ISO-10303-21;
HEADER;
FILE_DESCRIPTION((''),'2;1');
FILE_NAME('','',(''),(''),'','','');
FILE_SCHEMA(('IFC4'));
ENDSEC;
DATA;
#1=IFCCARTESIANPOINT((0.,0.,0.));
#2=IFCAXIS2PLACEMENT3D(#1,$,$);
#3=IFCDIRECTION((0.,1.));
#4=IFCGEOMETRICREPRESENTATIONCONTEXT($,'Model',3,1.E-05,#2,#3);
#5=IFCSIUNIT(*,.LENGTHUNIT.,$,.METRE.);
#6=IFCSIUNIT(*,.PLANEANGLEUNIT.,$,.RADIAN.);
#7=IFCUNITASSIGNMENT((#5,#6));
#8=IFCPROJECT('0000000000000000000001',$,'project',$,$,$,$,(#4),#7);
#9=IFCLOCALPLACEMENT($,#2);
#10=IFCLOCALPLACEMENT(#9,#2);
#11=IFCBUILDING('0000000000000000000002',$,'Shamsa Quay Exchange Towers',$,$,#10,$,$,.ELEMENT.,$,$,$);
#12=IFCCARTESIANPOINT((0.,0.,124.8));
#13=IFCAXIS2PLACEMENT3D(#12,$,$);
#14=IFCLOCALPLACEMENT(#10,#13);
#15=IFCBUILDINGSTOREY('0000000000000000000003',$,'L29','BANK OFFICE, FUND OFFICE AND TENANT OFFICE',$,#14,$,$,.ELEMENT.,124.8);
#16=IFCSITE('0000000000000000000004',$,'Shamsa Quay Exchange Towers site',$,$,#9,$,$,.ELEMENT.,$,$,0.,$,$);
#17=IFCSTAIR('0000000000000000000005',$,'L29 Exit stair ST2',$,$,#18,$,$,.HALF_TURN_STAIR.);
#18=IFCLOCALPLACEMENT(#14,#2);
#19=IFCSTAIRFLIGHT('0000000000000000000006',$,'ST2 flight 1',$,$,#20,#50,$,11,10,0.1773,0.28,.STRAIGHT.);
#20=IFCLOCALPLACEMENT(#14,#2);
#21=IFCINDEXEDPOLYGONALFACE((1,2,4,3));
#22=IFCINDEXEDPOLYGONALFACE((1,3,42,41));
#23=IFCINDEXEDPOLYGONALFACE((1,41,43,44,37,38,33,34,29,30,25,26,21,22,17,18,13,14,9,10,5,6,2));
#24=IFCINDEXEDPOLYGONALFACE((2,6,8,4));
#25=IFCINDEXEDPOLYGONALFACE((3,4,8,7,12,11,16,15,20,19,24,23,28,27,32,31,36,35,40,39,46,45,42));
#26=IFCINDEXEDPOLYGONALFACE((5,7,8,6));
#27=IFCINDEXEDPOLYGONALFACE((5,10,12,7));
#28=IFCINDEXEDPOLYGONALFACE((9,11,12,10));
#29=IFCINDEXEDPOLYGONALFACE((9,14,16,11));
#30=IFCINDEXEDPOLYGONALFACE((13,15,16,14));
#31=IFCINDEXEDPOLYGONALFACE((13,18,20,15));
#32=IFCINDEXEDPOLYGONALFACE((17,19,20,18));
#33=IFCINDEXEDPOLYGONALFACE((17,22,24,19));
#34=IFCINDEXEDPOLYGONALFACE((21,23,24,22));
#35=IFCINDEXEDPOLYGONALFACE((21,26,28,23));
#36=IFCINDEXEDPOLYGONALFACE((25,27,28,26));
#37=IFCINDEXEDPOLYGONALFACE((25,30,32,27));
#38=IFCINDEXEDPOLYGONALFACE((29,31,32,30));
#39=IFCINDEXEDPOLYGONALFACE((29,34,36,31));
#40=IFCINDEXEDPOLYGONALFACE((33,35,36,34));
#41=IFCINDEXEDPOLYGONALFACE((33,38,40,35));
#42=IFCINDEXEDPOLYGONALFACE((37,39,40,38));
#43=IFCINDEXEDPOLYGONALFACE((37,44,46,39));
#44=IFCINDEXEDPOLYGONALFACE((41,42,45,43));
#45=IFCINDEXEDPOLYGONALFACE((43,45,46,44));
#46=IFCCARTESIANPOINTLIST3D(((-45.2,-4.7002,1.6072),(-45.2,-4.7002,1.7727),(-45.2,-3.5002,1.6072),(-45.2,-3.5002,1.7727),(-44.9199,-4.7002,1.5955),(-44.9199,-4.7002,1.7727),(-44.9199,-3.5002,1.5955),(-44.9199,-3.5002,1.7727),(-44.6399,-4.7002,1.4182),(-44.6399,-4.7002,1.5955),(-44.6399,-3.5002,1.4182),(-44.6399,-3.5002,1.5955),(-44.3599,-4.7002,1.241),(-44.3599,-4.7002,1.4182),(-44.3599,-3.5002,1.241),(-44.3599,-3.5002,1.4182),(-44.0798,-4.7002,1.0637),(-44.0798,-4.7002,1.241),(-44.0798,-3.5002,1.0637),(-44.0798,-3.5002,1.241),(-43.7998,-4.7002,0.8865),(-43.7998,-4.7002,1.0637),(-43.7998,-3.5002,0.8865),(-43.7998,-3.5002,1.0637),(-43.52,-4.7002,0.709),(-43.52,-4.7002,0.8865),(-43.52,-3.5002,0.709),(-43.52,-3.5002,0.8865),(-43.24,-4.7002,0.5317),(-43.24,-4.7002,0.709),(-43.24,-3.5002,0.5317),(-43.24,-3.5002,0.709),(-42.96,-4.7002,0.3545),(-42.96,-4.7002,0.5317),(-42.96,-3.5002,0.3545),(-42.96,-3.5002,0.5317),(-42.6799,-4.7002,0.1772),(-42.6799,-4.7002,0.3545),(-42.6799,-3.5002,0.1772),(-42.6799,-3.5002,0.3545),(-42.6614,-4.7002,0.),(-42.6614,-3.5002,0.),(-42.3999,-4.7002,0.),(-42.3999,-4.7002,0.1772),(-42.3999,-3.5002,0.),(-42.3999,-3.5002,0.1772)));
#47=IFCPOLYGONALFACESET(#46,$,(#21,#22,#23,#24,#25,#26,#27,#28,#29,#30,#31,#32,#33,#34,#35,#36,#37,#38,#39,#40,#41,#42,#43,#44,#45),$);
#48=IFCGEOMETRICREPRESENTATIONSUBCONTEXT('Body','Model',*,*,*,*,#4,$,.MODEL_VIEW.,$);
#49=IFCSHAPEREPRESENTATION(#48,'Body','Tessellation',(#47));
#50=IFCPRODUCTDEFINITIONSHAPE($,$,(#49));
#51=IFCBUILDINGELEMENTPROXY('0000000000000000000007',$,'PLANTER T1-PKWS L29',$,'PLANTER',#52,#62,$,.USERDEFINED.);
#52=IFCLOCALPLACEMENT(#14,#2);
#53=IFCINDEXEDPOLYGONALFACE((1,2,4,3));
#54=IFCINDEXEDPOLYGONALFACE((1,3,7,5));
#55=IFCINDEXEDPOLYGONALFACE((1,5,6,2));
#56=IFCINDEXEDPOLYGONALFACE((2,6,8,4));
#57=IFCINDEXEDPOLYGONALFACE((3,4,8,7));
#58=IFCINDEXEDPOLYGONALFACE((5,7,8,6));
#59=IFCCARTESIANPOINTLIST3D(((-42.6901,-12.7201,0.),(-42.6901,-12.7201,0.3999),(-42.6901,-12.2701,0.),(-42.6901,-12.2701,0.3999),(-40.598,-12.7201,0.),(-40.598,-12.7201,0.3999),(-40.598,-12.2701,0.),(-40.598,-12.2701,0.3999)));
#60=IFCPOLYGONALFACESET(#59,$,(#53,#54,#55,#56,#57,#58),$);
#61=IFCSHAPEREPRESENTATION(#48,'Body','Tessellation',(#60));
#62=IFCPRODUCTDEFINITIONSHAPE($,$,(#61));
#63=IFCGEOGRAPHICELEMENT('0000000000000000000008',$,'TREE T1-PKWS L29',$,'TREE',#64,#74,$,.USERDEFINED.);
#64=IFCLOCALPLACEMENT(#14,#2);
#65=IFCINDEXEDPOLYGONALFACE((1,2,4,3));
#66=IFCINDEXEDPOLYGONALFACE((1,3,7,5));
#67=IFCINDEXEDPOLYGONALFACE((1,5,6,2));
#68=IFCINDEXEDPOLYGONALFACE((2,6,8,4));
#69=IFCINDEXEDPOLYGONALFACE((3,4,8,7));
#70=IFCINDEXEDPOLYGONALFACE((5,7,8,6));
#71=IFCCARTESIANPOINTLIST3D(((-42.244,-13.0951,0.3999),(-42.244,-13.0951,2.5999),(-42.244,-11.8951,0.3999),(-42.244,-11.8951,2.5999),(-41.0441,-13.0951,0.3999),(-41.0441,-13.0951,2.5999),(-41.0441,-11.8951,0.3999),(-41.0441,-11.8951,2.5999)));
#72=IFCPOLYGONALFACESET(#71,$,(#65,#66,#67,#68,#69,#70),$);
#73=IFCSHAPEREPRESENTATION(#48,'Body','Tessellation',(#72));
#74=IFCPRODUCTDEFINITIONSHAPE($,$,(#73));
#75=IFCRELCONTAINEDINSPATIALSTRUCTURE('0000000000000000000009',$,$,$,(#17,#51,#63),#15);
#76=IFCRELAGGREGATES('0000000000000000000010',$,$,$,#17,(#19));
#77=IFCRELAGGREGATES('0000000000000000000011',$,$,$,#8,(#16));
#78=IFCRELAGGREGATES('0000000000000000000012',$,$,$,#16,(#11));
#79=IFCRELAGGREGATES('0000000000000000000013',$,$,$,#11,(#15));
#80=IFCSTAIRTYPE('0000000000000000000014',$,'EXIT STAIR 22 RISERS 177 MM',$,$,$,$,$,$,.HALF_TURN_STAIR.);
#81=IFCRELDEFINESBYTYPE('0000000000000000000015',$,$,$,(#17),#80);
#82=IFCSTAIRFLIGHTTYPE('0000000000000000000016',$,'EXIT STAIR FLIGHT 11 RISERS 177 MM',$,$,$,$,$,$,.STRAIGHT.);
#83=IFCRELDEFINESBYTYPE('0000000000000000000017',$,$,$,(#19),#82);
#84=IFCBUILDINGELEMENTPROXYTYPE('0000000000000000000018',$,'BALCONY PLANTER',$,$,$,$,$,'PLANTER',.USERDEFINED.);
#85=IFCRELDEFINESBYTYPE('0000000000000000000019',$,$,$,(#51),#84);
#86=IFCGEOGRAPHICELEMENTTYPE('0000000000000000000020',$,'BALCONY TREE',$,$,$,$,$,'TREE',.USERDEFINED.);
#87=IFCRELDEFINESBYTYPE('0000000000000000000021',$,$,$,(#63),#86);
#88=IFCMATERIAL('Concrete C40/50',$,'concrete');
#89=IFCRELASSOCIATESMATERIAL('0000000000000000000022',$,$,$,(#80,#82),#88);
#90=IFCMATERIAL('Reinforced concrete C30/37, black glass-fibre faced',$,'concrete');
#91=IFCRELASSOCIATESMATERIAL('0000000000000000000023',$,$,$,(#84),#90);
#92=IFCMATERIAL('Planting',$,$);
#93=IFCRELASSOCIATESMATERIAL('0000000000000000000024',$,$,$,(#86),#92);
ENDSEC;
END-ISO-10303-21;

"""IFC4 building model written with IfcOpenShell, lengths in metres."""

from ifc_helpers import new_model, si_unit, direction, frame, origin, origin_2d, place, context, subcontext, project, spatial, polyline, rectangle, outline, extrude, material, type_object, element, aggregate, save


model = new_model("IFC4")

# Units and contexts
model_context = context("Model", 3, precision=1e-05, world=origin(), true_north=direction((0.0, 1.0)))
body_context = subcontext(model_context, "Body", "Model", "MODEL_VIEW")
ifc_project = project(units=[si_unit("LENGTHUNIT", "METRE"), si_unit("PLANEANGLEUNIT", "RADIAN")], contexts=[model_context])

# Site, building, storey
site_placement = place(None, origin())
site = spatial("IfcSite", under=ifc_project, at=site_placement, Name="Shamsa Quay Exchange Towers site", CompositionType="ELEMENT", RefElevation=0.0)
building_placement = place(site_placement, origin())
building = spatial("IfcBuilding", under=site, at=building_placement, Name="Shamsa Quay Exchange Towers", CompositionType="ELEMENT")
storey_placement = place(building_placement, frame((0.0, 0.0, 124.8)))
storey = spatial("IfcBuildingStorey", under=building, at=storey_placement, Name="L29", Description="BANK OFFICE, FUND OFFICE AND TENANT OFFICE", CompositionType="ELEMENT", Elevation=124.8)

# Stair, stair flight
ifc_material_1 = material(Name="Concrete C40/50", Category="concrete")
stair_type = type_object("IfcStairType", Name="EXIT STAIR 22 RISERS 177 MM", PredefinedType="HALF_TURN_STAIR", material=ifc_material_1)
stair_placement = place(storey_placement, origin())
stair = element("IfcStair", 1, at=stair_placement, inside=storey, type_object=stair_type, Name="L29 Exit stair ST2", PredefinedType="HALF_TURN_STAIR")
stair_flight_type = type_object("IfcStairFlightType", Name="EXIT STAIR FLIGHT 11 RISERS 177 MM", PredefinedType="STRAIGHT", material=ifc_material_1)
stair_flight_placement = place(storey_placement, frame((-42.3999, -4.1001, 0.0), z_axis=(0.0, 0.0, 1.0), x_axis=(-1.0, 0.0, 0.0)))
stair_flight = element("IfcStairFlight", 2, at=stair_flight_placement, type_object=stair_flight_type, Name="ST2 flight 1", NumberOfRisers=11, NumberOfTreads=10, PredefinedType="STRAIGHT", RiserHeight=0.1773, TreadLength=0.28, context=body_context, shape_type="SweptSolid", body=[
    extrude(outline(polyline([(0.0, 0.0), (0.0, 0.1772), (0.28, 0.1772), (0.28, 0.3545), (0.5601, 0.3545), (0.5601, 0.5317), (0.8401, 0.5317), (0.8401, 0.709), (1.1201, 0.709), (1.1201, 0.8865), (1.3999, 0.8865), (1.3999, 1.0637), (1.6799, 1.0637), (1.6799, 1.241), (1.96, 1.241), (1.96, 1.4182), (2.24, 1.4182), (2.24, 1.5955), (2.52, 1.5955), (2.52, 1.7727), (2.8, 1.7727), (2.8, 1.95), (2.8, 1.6072), (0.2615, 0.0), (0.0, 0.0)])), frame((0.0, 0.6001, 0.0), z_axis=(0.0, -1.0, 0.0), x_axis=(1.0, 0.0, 0.0)), (0.0, 0.0, 1.0), 1.2),
])
aggregate(stair, [stair_flight])

# Building element proxy
ifc_material_2 = material(Name="Reinforced concrete C30/37, black glass-fibre faced", Category="concrete")
building_element_proxy_type = type_object("IfcBuildingElementProxyType", Name="BALCONY PLANTER", ElementType="PLANTER", PredefinedType="USERDEFINED", material=ifc_material_2)
proxy_placement = place(storey_placement, frame((-41.644, -12.4951, 0.0)))
element("IfcBuildingElementProxy", 3, at=proxy_placement, inside=storey, type_object=building_element_proxy_type, Name="PLANTER T1-PKWS L29", ObjectType="PLANTER", PredefinedType="USERDEFINED", context=body_context, shape_type="SweptSolid", body=[
    extrude(rectangle(XDim=2.092, YDim=0.45, at=origin_2d()), origin(), (0.0, 0.0, 1.0), 0.3999),
])

# Geographic element
ifc_material_3 = material(Name="Planting")
geographic_element_type = type_object("IfcGeographicElementType", Name="BALCONY TREE", ElementType="TREE", PredefinedType="USERDEFINED", material=ifc_material_3)
geographic_element_placement = place(storey_placement, frame((-41.644, -12.4951, 0.3999)))
element("IfcGeographicElement", 4, at=geographic_element_placement, inside=storey, type_object=geographic_element_type, Name="TREE T1-PKWS L29", ObjectType="TREE", PredefinedType="USERDEFINED", context=body_context, shape_type="SweptSolid", body=[
    extrude(rectangle(XDim=1.2, YDim=1.2, at=origin_2d()), origin(), (0.0, 0.0, 1.0), 2.2),
])

save(model, "model.ifc")
